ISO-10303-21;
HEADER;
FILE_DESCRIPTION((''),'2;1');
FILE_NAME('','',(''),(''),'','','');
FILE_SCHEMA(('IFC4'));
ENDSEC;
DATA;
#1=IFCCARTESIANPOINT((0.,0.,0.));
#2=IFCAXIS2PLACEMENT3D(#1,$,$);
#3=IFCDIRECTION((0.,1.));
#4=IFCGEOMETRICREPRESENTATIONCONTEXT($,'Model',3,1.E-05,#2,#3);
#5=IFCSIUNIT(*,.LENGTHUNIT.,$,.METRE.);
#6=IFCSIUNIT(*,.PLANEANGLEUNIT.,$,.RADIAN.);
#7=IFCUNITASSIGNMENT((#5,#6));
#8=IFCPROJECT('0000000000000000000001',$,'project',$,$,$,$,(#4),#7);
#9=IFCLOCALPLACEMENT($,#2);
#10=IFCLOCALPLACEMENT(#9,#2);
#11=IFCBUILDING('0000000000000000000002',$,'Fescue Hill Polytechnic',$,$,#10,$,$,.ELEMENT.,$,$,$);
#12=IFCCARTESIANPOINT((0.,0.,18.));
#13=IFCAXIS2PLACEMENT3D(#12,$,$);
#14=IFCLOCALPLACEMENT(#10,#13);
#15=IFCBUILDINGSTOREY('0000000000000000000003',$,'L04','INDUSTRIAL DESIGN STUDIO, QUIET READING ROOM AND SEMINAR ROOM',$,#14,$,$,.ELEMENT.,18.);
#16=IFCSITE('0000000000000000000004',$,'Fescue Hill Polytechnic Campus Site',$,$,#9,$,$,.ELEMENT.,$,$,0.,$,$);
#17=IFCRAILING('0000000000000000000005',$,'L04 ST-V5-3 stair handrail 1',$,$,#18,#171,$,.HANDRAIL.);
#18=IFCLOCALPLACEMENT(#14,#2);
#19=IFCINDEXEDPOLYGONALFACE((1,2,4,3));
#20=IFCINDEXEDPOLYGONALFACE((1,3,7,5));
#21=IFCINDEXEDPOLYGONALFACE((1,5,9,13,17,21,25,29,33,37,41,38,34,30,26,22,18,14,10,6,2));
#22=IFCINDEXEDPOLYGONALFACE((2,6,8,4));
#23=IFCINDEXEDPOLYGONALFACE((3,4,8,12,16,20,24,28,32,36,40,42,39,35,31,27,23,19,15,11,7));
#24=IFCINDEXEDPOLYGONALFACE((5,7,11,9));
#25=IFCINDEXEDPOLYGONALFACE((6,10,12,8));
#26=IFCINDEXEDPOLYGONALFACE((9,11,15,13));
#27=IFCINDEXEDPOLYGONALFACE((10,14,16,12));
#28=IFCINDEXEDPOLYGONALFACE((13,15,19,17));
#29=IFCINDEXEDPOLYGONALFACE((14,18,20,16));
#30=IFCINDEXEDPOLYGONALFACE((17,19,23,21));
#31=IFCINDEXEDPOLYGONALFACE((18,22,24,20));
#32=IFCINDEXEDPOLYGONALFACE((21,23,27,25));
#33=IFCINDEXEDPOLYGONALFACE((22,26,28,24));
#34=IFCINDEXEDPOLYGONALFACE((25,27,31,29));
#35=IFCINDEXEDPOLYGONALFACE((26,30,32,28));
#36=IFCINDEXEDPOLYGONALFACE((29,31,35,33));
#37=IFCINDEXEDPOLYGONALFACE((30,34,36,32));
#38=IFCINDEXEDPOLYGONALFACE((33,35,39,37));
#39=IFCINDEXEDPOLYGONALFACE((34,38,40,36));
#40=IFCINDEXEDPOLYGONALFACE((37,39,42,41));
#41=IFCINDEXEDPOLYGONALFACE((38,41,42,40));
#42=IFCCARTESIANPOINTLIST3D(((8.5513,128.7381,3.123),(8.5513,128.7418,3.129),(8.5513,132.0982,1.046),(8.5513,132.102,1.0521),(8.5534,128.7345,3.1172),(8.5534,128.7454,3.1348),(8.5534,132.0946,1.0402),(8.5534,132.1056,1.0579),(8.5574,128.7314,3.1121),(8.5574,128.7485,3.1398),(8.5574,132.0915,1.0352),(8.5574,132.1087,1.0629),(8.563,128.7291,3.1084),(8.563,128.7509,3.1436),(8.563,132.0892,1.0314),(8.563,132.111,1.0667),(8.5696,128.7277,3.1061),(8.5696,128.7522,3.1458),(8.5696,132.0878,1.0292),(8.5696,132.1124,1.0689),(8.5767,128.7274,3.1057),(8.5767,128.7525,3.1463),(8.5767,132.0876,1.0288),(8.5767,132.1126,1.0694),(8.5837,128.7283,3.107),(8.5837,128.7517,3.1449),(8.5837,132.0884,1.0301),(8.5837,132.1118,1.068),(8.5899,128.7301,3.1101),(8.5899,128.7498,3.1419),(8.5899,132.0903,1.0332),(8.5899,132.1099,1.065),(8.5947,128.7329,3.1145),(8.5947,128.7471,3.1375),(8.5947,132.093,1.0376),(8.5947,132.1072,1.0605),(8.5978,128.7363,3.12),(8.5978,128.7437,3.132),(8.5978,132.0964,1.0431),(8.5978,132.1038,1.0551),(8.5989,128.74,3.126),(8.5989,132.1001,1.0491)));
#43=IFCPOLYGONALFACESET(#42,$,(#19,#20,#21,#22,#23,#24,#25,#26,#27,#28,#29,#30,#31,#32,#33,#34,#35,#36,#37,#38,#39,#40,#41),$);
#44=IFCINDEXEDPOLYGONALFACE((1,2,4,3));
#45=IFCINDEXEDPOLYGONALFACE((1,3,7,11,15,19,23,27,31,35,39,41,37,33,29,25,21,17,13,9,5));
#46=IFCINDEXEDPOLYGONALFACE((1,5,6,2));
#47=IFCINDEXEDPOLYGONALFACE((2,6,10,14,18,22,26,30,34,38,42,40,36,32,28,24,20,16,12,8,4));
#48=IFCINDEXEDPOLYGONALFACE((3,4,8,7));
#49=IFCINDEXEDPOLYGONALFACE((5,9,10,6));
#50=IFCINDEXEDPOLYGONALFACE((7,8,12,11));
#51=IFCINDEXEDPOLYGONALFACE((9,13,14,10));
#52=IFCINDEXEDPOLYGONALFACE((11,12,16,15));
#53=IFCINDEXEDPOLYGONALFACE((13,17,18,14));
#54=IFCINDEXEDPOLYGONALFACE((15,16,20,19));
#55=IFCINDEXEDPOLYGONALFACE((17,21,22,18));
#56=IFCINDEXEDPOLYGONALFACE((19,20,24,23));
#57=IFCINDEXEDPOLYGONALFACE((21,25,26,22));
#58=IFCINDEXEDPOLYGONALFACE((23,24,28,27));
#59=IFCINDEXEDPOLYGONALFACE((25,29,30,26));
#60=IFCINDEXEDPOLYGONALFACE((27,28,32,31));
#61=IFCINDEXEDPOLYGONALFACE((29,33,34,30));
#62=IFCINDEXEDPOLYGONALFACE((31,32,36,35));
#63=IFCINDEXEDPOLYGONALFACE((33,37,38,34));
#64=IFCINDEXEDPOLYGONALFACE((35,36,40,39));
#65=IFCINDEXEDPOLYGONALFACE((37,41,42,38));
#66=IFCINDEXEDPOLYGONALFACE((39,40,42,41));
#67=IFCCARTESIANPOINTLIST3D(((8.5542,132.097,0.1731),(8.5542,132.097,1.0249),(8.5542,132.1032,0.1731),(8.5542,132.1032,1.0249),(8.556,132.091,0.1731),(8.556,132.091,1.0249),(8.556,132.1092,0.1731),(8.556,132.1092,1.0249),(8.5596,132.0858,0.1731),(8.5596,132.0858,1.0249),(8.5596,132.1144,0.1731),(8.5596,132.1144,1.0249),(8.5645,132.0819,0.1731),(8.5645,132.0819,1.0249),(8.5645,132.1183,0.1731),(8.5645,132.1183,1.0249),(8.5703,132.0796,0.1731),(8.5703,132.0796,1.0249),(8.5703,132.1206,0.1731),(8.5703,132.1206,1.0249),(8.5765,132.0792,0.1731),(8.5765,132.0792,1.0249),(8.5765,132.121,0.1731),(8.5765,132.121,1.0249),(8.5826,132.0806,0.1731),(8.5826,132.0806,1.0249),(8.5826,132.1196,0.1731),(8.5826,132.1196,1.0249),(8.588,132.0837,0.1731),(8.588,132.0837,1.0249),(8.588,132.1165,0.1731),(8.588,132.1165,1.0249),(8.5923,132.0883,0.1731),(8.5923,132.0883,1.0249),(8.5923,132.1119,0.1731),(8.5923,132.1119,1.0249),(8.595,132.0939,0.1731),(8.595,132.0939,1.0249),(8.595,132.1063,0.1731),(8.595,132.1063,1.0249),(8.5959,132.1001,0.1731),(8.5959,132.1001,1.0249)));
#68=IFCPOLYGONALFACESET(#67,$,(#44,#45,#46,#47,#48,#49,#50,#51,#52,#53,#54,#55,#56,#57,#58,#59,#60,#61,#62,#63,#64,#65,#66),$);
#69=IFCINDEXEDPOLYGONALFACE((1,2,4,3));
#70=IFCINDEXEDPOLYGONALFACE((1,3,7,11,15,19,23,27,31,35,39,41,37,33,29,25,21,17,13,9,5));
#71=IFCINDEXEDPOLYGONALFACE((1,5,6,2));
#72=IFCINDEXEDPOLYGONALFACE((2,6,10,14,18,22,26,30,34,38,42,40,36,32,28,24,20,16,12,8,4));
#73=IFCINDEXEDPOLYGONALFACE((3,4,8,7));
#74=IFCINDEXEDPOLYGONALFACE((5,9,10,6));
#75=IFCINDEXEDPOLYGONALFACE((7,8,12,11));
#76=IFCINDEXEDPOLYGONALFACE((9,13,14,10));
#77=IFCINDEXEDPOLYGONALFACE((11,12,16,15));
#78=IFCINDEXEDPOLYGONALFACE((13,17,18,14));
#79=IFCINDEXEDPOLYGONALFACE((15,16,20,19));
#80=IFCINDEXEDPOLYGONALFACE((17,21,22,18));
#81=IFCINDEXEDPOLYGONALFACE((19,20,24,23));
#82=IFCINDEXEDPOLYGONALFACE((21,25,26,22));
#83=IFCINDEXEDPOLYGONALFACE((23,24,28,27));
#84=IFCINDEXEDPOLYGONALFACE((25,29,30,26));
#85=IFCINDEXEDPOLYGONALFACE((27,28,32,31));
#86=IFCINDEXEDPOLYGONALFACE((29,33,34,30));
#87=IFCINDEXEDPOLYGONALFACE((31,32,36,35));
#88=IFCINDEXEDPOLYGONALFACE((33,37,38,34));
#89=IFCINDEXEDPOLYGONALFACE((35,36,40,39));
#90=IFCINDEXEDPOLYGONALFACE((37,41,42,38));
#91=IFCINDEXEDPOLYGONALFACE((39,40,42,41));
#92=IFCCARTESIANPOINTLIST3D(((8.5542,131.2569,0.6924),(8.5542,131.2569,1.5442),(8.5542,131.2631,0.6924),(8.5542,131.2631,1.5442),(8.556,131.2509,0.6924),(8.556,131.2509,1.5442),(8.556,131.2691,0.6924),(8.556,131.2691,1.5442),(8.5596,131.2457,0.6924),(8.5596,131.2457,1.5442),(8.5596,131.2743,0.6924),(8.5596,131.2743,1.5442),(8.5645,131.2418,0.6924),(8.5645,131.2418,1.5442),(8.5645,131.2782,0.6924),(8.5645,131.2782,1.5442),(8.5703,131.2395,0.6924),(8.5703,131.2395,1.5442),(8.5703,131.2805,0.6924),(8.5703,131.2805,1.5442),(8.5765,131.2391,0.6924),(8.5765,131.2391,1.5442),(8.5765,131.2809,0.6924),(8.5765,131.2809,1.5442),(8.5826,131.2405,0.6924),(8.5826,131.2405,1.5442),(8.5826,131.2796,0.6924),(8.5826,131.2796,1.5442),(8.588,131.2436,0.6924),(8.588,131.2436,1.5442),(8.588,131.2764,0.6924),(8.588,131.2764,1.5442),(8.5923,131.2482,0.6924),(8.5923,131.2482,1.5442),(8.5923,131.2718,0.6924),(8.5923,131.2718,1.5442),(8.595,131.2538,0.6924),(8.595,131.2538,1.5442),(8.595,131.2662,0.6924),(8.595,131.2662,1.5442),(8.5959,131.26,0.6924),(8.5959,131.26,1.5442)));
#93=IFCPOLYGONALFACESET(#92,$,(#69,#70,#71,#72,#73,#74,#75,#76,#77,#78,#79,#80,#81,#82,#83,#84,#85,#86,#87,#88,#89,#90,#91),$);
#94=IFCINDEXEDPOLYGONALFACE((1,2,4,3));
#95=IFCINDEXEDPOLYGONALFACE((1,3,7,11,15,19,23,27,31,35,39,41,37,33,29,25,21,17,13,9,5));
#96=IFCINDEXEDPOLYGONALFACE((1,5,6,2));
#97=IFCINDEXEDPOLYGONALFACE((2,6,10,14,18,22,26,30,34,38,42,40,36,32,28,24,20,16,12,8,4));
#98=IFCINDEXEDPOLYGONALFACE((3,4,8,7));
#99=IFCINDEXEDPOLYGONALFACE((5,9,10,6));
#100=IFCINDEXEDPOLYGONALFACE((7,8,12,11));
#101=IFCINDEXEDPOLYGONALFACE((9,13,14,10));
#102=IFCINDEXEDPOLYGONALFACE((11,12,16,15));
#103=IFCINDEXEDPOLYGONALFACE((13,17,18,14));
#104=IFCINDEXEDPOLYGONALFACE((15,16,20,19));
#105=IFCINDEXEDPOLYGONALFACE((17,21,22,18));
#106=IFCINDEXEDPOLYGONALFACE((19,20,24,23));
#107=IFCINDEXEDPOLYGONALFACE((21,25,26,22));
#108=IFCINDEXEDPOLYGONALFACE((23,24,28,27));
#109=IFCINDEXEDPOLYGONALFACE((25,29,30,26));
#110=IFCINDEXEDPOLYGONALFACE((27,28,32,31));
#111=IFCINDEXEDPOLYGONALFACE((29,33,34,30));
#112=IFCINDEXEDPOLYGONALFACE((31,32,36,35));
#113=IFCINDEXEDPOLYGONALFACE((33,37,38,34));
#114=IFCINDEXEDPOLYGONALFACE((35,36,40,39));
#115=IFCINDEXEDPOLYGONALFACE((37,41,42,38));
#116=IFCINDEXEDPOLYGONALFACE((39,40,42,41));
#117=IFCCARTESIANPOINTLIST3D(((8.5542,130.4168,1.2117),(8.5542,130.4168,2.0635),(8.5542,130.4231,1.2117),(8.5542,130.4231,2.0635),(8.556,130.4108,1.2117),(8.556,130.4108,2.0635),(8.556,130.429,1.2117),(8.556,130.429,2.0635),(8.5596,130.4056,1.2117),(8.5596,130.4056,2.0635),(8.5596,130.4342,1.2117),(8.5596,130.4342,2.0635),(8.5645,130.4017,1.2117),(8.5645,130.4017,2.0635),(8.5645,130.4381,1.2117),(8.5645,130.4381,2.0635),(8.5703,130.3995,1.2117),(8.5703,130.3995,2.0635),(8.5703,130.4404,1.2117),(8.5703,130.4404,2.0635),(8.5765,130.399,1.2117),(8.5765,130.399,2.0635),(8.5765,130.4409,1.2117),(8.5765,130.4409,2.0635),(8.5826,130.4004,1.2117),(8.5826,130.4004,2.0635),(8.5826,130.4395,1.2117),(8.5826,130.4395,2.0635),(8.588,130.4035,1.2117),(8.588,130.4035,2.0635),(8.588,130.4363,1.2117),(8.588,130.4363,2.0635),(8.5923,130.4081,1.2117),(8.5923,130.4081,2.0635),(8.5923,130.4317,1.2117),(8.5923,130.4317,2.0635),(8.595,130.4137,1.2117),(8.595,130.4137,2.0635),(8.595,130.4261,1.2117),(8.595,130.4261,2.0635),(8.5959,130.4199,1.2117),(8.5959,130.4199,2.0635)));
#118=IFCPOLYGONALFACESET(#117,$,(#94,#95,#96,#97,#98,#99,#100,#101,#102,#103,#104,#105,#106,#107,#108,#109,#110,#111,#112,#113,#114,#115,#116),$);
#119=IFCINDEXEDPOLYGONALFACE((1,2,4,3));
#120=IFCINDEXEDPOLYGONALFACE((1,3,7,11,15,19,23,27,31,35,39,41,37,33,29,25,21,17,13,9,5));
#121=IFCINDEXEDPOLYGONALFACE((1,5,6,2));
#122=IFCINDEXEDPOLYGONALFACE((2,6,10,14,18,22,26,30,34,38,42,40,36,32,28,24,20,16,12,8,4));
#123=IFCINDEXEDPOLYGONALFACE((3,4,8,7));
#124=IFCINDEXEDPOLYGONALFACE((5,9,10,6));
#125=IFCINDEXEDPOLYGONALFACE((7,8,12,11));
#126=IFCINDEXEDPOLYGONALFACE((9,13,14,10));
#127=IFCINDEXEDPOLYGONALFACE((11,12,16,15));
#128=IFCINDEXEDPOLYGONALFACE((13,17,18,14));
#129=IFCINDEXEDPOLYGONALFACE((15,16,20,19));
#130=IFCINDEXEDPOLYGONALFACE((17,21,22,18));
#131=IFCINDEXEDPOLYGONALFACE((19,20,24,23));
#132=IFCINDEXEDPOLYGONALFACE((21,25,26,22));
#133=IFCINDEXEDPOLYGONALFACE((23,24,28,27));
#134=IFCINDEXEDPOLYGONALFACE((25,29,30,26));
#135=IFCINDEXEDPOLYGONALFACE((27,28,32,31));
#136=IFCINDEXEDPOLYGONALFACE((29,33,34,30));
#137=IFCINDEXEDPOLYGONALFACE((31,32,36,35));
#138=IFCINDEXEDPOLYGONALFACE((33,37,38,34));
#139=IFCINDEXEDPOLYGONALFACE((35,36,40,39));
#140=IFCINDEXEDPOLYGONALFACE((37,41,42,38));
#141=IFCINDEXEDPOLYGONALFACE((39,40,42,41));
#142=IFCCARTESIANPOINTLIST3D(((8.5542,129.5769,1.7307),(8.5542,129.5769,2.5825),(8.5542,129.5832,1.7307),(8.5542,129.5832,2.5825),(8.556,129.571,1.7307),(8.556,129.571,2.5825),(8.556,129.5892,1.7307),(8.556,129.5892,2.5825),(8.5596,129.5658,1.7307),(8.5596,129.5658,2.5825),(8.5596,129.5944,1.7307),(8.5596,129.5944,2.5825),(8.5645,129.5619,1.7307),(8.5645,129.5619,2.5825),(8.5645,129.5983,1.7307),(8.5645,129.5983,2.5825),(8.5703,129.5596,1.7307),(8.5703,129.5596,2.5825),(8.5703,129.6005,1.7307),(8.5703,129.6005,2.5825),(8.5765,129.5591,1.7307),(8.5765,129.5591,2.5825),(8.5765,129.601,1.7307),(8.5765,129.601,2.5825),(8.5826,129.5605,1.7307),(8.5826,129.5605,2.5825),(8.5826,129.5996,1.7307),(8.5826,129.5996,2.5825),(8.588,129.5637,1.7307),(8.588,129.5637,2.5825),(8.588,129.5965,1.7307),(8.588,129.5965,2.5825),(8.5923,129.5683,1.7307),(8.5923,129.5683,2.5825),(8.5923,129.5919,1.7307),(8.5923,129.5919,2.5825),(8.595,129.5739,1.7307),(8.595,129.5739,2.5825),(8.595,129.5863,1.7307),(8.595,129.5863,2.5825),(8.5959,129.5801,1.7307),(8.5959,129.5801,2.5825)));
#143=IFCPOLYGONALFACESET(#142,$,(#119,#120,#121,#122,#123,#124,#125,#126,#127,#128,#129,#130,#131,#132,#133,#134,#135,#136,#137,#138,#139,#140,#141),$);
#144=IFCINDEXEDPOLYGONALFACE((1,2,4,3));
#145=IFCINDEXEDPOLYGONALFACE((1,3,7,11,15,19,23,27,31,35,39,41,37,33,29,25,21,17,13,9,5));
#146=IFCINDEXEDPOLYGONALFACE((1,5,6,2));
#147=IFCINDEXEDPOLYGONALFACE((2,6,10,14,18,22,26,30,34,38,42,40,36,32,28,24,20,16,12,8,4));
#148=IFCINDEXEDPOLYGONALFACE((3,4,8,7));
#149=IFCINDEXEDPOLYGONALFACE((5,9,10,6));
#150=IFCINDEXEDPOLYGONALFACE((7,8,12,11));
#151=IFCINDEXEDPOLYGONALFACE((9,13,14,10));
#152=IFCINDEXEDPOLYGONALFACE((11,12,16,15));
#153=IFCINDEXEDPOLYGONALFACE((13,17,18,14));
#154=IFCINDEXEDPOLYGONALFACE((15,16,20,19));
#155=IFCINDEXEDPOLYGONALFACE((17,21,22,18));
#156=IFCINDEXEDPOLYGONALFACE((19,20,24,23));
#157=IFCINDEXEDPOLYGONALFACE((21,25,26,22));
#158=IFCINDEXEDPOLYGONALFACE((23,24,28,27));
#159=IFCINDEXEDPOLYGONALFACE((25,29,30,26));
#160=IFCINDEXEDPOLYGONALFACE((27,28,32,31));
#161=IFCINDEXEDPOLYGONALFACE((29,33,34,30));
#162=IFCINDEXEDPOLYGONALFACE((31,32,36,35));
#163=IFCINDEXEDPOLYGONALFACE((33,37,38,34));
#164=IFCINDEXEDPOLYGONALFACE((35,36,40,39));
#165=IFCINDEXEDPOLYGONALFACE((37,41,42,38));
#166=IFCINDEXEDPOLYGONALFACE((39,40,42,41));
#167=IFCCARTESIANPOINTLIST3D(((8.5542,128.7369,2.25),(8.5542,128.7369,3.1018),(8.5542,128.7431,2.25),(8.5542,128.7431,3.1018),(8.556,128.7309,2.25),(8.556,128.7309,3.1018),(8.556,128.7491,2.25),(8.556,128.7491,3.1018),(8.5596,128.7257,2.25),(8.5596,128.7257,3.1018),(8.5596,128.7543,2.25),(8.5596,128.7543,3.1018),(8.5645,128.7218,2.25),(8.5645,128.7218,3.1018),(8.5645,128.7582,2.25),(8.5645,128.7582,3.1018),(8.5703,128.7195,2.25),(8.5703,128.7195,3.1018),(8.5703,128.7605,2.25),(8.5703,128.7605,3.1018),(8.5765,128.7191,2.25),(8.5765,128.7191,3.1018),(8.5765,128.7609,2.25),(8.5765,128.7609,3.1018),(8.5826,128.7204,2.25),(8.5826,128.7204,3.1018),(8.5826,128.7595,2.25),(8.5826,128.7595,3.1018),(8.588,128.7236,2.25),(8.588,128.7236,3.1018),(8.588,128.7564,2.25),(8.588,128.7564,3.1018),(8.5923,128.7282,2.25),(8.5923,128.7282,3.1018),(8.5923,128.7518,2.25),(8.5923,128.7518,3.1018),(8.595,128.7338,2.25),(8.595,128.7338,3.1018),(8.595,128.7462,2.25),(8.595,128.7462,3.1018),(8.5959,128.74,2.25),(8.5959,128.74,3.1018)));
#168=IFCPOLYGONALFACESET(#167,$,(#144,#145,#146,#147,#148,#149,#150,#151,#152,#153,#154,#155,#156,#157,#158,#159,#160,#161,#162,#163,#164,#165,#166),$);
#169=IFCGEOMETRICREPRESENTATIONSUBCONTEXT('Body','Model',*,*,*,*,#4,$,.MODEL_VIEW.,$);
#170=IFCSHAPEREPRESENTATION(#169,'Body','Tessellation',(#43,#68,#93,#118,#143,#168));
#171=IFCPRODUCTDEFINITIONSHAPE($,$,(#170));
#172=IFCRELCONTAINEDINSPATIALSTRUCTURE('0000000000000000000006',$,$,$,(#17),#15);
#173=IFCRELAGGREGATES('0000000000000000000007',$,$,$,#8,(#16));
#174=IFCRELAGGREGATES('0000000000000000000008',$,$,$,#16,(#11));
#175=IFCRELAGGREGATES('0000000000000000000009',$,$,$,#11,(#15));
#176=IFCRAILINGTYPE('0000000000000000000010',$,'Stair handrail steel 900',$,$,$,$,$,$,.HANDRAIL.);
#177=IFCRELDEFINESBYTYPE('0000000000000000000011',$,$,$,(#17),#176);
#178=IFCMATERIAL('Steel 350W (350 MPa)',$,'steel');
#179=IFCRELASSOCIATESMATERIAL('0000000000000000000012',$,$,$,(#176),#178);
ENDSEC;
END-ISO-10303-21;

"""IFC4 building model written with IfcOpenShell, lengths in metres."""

from ifc_helpers import new_model, si_unit, direction, frame, origin, origin_2d, place, context, subcontext, project, spatial, circle, extrude, material, type_object, element, save


model = new_model("IFC4")

# Units and contexts
model_context = context("Model", 3, precision=1e-05, world=origin(), true_north=direction((0.0, 1.0)))
body_context = subcontext(model_context, "Body", "Model", "MODEL_VIEW")
ifc_project = project(units=[si_unit("LENGTHUNIT", "METRE"), si_unit("PLANEANGLEUNIT", "RADIAN")], contexts=[model_context])

# Site, building, storey
site_placement = place(None, origin())
site = spatial("IfcSite", under=ifc_project, at=site_placement, Name="Fescue Hill Polytechnic Campus Site", CompositionType="ELEMENT", RefElevation=0.0)
building_placement = place(site_placement, origin())
building = spatial("IfcBuilding", under=site, at=building_placement, Name="Fescue Hill Polytechnic", CompositionType="ELEMENT")
storey_placement = place(building_placement, frame((0.0, 0.0, 18.0)))
storey = spatial("IfcBuildingStorey", under=building, at=storey_placement, Name="L04", Description="INDUSTRIAL DESIGN STUDIO, QUIET READING ROOM AND SEMINAR ROOM", CompositionType="ELEMENT", Elevation=18.0)

# Railing
ifc_material_1 = material(Name="Steel 350W (350 MPa)", Category="steel")
railing_type_1 = type_object("IfcRailingType", Name="Stair handrail steel 900", PredefinedType="HANDRAIL", material=ifc_material_1)
railing_1_placement = place(storey_placement, frame((8.575, 132.1001, 0.1731)))
element("IfcRailing", 1, at=railing_1_placement, inside=storey, type_object=railing_type_1, Name="L04 ST-V5-3 stair handrail 1", PredefinedType="HANDRAIL", context=body_context, shape_type="SweptSolid", body=[
    extrude(circle(Radius=0.0239, at=origin_2d()), frame((0.0, 0.0, 0.876), z_axis=(0.0, -0.850623, 0.525776), x_axis=(1.0, 0.0, 0.0)), (0.0, 0.0, 1.0), 3.9502),
    extrude(circle(Radius=0.021, at=origin_2d()), origin(), (0.0, 0.0, 1.0), 0.8518),
    extrude(circle(Radius=0.021, at=origin_2d()), frame((0.0, -0.8401, 0.5193)), (0.0, 0.0, 1.0), 0.8518),
    extrude(circle(Radius=0.021, at=origin_2d()), frame((0.0, -1.6802, 1.0386)), (0.0, 0.0, 1.0), 0.8518),
    extrude(circle(Radius=0.021, at=origin_2d()), frame((0.0, -2.52, 1.5576)), (0.0, 0.0, 1.0), 0.8518),
    extrude(circle(Radius=0.021, at=origin_2d()), frame((0.0, -3.3601, 2.0769)), (0.0, 0.0, 1.0), 0.8518),
])

save(model, "model.ifc")
